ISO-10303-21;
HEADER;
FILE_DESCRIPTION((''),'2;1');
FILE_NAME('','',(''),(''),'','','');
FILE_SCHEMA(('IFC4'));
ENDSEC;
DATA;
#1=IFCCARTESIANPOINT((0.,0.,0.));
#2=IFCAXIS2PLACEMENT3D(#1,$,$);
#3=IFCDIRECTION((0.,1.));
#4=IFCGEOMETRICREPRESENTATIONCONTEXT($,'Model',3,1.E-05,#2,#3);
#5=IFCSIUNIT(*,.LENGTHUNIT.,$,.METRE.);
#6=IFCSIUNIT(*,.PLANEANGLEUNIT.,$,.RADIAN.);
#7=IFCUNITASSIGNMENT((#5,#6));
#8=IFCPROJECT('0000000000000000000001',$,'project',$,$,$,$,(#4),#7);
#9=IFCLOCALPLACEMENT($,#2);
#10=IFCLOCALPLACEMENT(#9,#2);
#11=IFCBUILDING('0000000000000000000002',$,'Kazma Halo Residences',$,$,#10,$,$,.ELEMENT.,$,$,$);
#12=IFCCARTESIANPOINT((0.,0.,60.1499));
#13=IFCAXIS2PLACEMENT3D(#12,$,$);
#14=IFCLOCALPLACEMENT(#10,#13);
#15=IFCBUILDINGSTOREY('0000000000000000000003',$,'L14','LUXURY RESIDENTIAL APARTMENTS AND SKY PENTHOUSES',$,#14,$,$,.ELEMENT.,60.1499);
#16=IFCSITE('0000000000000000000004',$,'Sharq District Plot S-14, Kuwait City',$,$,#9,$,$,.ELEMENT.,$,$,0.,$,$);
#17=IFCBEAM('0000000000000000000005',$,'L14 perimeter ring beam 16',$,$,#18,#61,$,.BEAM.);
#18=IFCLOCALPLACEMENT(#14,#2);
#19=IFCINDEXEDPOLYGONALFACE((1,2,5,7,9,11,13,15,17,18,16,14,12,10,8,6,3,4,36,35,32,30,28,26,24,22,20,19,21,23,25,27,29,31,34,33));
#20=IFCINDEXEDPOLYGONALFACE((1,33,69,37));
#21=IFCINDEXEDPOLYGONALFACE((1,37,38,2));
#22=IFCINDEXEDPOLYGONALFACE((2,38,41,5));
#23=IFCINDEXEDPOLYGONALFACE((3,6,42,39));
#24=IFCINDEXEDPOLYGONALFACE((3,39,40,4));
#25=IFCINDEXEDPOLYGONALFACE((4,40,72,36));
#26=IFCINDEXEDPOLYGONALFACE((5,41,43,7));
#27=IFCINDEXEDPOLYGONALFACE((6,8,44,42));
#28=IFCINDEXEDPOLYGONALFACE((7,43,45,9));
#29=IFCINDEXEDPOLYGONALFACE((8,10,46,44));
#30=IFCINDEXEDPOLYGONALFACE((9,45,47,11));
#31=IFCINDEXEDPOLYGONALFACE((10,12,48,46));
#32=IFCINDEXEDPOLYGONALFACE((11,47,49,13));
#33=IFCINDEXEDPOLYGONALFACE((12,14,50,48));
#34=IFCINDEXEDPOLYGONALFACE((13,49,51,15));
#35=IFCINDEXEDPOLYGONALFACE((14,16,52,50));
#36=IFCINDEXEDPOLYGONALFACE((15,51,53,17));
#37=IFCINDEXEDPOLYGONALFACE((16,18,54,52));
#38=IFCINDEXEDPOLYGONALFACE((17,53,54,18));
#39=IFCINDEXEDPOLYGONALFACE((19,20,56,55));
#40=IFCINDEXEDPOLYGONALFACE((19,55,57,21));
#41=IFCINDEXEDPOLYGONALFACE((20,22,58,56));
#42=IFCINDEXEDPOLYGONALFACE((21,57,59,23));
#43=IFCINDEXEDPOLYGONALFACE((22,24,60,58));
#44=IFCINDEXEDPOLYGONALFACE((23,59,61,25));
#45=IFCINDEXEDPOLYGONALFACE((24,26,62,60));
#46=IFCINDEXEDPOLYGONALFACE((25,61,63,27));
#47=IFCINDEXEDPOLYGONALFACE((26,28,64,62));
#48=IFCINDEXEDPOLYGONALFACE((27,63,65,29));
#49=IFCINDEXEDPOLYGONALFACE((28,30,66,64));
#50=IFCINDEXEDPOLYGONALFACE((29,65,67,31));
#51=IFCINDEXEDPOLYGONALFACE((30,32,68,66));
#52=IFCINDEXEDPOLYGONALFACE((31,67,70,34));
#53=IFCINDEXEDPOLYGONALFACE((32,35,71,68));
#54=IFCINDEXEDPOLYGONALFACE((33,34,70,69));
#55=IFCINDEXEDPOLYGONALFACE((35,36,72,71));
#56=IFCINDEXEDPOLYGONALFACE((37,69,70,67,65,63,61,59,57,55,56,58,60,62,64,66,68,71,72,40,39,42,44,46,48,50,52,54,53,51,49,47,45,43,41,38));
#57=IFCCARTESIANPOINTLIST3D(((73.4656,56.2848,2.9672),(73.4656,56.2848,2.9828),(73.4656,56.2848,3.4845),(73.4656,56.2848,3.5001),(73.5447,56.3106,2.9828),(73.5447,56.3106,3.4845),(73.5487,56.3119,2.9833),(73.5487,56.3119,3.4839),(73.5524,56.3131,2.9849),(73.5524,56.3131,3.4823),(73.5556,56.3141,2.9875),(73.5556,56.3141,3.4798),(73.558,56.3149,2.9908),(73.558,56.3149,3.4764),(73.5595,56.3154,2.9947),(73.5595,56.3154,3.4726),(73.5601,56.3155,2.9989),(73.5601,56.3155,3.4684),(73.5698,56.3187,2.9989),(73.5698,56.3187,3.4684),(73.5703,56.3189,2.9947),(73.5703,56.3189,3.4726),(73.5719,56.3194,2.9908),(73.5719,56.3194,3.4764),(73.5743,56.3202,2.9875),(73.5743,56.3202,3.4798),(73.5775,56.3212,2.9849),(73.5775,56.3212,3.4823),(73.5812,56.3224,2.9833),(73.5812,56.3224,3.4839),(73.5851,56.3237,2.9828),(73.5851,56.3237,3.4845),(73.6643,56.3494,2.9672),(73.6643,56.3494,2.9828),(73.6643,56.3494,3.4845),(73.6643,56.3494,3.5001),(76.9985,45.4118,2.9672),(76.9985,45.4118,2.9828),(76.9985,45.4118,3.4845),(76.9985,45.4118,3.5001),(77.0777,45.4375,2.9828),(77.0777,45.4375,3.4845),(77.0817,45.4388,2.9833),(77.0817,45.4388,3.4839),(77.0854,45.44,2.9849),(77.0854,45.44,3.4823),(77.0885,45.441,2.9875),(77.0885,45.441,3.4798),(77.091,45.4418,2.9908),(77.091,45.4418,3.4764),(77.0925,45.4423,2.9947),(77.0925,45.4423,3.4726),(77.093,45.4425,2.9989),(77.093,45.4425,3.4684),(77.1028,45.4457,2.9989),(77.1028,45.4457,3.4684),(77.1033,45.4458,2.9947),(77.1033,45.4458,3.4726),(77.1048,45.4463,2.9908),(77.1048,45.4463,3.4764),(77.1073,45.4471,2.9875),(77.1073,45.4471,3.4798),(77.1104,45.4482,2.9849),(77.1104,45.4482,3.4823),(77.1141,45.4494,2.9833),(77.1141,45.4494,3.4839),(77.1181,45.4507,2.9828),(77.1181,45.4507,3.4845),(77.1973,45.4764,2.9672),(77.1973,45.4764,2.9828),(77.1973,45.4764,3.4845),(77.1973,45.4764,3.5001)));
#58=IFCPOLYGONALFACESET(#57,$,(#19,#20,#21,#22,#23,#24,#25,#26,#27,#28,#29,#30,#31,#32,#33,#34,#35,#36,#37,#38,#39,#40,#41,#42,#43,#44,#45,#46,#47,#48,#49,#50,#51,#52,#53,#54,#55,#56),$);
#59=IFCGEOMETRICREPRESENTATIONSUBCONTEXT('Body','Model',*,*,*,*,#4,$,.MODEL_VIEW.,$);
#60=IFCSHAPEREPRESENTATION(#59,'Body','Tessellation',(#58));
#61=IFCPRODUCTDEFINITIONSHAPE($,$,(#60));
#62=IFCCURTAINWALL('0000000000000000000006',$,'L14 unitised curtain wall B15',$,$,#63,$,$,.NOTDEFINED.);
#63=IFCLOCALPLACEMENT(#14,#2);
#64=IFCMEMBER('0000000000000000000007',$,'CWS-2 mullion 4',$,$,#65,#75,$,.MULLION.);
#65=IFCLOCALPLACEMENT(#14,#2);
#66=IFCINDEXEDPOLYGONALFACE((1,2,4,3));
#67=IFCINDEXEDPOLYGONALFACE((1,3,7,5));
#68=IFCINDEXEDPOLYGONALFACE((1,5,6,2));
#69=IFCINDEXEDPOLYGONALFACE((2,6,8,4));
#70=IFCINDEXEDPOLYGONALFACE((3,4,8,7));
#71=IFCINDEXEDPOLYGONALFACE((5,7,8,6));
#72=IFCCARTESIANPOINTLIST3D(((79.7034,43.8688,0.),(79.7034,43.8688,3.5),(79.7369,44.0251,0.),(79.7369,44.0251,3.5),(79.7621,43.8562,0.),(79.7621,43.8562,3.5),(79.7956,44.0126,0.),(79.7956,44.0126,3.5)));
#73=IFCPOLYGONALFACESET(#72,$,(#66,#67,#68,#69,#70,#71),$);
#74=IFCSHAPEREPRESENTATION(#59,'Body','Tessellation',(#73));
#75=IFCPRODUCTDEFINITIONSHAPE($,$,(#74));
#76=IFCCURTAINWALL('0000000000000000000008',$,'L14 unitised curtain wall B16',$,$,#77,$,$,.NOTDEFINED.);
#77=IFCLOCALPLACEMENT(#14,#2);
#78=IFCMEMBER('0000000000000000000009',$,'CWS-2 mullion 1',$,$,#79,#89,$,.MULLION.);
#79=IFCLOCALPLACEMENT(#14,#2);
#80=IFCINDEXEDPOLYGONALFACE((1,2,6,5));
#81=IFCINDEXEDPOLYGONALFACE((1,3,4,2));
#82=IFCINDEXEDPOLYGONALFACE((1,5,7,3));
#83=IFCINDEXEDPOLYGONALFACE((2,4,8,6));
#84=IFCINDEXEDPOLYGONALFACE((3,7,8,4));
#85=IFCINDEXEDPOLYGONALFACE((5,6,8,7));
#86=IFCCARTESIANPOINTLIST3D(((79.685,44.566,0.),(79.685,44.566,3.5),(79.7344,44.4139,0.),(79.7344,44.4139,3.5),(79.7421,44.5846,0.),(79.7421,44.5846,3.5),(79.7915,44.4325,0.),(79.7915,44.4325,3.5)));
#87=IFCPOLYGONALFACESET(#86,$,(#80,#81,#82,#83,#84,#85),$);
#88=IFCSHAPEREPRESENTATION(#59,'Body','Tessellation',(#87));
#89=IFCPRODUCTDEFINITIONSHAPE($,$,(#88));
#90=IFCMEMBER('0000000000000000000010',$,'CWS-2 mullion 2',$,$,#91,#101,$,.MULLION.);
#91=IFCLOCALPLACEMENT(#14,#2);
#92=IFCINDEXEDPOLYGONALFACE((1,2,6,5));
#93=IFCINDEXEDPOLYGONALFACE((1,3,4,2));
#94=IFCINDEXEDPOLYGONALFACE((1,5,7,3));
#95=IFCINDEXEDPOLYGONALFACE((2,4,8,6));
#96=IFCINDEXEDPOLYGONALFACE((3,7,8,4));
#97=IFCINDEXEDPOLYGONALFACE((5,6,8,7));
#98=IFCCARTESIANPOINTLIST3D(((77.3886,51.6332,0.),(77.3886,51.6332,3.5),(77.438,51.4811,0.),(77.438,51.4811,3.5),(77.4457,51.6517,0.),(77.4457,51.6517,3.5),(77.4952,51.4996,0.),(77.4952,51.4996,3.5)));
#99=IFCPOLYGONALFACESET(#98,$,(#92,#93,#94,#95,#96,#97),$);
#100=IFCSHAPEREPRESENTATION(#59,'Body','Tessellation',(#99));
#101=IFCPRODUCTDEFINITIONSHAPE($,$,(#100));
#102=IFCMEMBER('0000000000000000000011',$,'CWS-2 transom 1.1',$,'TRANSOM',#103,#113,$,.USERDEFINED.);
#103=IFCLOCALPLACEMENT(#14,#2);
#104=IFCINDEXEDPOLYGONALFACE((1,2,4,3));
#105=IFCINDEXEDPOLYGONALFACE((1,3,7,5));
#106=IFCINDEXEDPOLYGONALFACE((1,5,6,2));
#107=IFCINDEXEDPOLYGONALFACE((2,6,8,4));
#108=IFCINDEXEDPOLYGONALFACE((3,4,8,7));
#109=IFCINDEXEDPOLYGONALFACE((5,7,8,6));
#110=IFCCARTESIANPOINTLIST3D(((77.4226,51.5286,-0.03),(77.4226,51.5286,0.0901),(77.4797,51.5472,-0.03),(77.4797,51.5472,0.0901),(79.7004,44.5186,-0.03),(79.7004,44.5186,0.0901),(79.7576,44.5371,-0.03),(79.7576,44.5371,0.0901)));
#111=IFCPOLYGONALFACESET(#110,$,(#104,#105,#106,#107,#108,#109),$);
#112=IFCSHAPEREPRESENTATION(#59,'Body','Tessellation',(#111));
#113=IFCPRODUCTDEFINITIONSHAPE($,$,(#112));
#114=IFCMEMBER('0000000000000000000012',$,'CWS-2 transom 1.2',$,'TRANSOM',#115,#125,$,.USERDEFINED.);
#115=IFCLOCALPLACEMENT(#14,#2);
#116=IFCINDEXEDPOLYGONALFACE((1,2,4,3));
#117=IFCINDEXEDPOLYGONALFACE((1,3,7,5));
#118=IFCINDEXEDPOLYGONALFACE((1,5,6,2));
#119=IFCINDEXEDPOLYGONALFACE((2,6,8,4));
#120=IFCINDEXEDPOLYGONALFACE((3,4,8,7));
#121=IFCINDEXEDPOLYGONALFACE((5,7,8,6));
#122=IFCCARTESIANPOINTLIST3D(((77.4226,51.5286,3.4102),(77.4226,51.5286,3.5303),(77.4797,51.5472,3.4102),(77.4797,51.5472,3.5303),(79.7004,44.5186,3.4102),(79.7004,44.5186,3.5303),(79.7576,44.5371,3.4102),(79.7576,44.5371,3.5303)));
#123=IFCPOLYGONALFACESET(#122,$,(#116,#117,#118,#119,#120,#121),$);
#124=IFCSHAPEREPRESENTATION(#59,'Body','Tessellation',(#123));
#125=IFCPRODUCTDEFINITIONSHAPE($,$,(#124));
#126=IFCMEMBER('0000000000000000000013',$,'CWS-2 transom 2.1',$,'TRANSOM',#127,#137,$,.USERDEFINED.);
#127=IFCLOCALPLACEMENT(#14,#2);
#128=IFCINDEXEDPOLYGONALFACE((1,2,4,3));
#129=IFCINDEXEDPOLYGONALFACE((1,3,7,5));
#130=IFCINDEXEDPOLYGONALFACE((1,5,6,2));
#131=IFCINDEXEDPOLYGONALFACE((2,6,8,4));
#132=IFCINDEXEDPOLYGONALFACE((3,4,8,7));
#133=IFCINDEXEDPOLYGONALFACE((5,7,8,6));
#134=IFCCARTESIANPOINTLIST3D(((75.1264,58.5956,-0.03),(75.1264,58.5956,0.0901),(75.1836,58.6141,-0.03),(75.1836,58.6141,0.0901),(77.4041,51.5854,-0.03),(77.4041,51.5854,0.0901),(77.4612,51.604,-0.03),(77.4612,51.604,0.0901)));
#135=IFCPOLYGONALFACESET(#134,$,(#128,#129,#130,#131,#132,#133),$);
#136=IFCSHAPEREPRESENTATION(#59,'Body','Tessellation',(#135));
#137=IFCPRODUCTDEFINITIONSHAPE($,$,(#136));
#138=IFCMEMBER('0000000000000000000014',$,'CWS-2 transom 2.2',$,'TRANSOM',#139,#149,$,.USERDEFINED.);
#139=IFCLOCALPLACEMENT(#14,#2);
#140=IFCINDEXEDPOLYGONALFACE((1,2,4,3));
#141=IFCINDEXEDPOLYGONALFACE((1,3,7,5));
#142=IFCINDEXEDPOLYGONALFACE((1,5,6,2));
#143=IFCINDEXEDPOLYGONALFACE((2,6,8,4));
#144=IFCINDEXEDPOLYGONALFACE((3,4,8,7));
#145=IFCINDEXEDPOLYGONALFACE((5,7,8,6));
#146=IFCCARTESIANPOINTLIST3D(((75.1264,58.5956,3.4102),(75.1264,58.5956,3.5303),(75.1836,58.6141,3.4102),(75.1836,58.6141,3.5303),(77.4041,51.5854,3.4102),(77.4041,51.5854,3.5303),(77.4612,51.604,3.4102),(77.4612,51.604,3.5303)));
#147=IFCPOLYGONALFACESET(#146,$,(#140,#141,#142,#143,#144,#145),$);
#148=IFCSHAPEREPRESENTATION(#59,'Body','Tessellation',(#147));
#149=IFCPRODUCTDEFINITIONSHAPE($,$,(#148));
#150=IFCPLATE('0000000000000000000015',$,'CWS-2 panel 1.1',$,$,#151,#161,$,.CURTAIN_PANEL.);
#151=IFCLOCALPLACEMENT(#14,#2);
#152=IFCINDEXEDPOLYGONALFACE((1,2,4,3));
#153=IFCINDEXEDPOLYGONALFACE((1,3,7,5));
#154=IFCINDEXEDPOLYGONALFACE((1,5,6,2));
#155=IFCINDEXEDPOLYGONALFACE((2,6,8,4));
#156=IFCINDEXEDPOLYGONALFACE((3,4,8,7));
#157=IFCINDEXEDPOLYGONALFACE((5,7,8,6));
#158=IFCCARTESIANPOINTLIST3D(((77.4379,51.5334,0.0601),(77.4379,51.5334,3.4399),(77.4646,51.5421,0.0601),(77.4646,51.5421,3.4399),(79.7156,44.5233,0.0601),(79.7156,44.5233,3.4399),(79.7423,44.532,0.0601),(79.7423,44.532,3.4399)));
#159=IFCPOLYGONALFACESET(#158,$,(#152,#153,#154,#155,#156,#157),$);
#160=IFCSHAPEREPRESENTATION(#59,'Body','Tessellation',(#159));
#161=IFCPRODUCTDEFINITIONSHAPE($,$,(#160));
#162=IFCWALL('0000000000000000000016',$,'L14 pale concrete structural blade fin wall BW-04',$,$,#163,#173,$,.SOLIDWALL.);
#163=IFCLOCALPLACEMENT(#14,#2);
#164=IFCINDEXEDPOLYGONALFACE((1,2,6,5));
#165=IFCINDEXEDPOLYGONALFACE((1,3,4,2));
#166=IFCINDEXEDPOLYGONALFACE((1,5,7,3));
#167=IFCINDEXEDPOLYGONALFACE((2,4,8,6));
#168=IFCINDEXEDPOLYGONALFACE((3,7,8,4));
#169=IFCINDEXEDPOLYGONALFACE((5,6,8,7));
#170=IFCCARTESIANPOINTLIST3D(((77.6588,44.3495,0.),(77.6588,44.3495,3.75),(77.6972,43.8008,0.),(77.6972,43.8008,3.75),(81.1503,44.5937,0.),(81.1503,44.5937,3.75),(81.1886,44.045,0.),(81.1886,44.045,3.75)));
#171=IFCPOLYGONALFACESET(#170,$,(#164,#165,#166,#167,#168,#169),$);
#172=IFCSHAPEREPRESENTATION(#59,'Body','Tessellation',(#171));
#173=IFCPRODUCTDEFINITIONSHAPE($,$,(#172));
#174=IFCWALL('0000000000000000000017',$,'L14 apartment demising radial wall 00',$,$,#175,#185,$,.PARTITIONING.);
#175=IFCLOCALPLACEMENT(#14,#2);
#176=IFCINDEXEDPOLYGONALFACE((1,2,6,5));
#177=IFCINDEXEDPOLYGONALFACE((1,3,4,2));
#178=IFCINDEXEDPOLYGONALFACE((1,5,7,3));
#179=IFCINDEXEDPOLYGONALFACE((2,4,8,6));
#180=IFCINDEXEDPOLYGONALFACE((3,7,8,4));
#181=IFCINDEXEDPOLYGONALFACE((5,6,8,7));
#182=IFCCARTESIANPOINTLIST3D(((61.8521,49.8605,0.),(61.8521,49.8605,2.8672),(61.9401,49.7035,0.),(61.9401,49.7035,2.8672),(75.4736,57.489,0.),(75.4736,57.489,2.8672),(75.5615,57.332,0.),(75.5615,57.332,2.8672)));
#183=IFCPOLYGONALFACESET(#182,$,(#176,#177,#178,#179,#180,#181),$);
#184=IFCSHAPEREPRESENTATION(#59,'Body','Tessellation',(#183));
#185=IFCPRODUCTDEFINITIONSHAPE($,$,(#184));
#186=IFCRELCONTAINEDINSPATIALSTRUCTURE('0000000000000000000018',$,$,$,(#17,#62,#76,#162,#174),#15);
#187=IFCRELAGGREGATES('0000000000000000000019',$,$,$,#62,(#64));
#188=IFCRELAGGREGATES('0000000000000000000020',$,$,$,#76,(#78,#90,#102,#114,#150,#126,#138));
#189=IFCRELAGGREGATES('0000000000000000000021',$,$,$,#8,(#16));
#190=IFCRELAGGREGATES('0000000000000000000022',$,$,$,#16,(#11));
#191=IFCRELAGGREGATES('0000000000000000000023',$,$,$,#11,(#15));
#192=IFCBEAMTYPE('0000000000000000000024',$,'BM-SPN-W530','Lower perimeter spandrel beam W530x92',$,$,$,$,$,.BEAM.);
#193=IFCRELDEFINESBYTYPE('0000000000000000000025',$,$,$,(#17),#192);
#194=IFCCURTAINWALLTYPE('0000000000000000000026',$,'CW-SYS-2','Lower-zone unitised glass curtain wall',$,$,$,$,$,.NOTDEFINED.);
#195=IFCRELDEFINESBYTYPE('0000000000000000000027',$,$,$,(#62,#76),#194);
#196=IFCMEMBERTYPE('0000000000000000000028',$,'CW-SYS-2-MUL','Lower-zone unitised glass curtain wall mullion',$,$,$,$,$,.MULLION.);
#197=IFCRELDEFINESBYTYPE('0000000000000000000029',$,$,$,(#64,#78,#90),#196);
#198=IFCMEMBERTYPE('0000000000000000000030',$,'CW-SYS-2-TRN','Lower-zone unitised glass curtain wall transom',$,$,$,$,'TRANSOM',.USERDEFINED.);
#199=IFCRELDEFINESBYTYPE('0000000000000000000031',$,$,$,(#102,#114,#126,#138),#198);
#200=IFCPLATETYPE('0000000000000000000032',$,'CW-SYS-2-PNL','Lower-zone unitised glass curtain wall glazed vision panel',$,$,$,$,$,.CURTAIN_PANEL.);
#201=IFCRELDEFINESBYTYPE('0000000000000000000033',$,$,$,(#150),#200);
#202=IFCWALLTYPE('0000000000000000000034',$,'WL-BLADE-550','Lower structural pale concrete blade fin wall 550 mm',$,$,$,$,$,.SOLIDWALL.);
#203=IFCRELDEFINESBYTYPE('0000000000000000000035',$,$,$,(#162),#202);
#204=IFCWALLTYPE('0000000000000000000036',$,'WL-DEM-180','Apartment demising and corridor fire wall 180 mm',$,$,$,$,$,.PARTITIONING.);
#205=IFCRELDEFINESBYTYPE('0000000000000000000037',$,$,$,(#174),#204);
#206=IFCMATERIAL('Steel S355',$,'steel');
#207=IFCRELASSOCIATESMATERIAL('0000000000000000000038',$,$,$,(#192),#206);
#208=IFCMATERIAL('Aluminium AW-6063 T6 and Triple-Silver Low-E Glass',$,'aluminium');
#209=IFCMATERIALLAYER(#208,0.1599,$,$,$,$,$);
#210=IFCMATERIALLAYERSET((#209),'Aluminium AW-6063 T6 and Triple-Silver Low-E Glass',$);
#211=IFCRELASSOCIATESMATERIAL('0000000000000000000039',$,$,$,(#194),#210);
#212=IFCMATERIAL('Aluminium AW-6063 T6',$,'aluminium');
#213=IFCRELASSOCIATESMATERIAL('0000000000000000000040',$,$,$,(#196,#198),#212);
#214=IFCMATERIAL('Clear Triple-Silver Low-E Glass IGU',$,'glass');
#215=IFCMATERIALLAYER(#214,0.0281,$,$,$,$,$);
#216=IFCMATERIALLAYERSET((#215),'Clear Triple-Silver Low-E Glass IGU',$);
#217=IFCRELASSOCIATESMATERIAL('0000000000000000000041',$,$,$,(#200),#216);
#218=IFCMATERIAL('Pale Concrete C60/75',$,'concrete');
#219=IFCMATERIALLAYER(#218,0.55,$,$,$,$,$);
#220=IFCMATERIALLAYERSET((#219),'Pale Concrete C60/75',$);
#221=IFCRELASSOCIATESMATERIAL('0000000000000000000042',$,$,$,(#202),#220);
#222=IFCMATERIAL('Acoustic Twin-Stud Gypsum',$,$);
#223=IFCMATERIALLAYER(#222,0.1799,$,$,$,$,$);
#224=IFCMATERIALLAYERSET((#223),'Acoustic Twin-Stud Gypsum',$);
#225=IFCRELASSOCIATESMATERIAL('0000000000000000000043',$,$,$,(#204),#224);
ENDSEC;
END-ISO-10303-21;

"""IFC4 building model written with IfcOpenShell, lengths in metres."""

from ifc_helpers import new_model, si_unit, direction, frame, frame_2d, origin, origin_2d, place, context, subcontext, project, spatial, rectangle, i_section, extrude, material, layer, layer_set, material_profile, profile_set, type_object, element, aggregate, save


model = new_model("IFC4")

# Units and contexts
model_context = context("Model", 3, precision=1e-05, world=origin(), true_north=direction((0.0, 1.0)))
body_context = subcontext(model_context, "Body", "Model", "MODEL_VIEW")
ifc_project = project(units=[si_unit("LENGTHUNIT", "METRE"), si_unit("PLANEANGLEUNIT", "RADIAN")], contexts=[model_context])

# Site, building, storey
site_placement = place(None, origin())
site = spatial("IfcSite", under=ifc_project, at=site_placement, Name="Sharq District Plot S-14, Kuwait City", CompositionType="ELEMENT", RefElevation=0.0)
building_placement = place(site_placement, origin())
building = spatial("IfcBuilding", under=site, at=building_placement, Name="Kazma Halo Residences", CompositionType="ELEMENT")
storey_placement = place(building_placement, frame((0.0, 0.0, 60.1499)))
storey = spatial("IfcBuildingStorey", under=building, at=storey_placement, Name="L14", Description="LUXURY RESIDENTIAL APARTMENTS AND SKY PENTHOUSES", CompositionType="ELEMENT", Elevation=60.1499)

# Beam
ifc_material_1 = material(Name="Steel S355", Category="steel")
ifc_material_profile_1 = material_profile(ifc_material_1, i_section(OverallWidth=0.209, OverallDepth=0.533, WebThickness=0.0103, FlangeThickness=0.0156, FilletRadius=0.0161, at=origin_2d()), Name="W530x92")
ifc_profile_set_1 = profile_set([ifc_material_profile_1], Name="Steel S355")
beam_type_1 = type_object("IfcBeamType", Name="BM-SPN-W530", Description="Lower perimeter spandrel beam W530x92", PredefinedType="BEAM", material=ifc_profile_set_1)
beam_1_placement = place(storey_placement, frame((77.0979, 45.4441, 3.2336), z_axis=(-0.309024, 0.951054, 0.0), x_axis=(-0.951054, -0.309024, 0.0)))
element("IfcBeam", 1, at=beam_1_placement, inside=storey, type_object=beam_type_1, Name="L14 perimeter ring beam 16", PredefinedType="BEAM", context=body_context, shape_type="SweptSolid", body=[
    extrude(i_section(OverallWidth=0.209, OverallDepth=0.533, WebThickness=0.0103, FlangeThickness=0.0156, FilletRadius=0.0161, at=origin_2d()), origin(), (0.0, 0.0, 1.0), 11.4326),
])

# Curtain wall, member
ifc_material_2 = material(Name="Aluminium AW-6063 T6 and Triple-Silver Low-E Glass", Category="aluminium")
ifc_layer_1 = layer(ifc_material_2, 0.1599)
ifc_layer_set_1 = layer_set([ifc_layer_1], Name="Aluminium AW-6063 T6 and Triple-Silver Low-E Glass")
curtain_wall_type = type_object("IfcCurtainWallType", Name="CW-SYS-2", Description="Lower-zone unitised glass curtain wall", PredefinedType="NOTDEFINED", material=ifc_layer_set_1)
curtain_wall_1_placement = place(storey_placement, origin())
curtain_wall_1 = element("IfcCurtainWall", 2, at=curtain_wall_1_placement, inside=storey, type_object=curtain_wall_type, Name="L14 unitised curtain wall B15", PredefinedType="NOTDEFINED")
ifc_material_3 = material(Name="Aluminium AW-6063 T6", Category="aluminium")
ifc_material_profile_2 = material_profile(ifc_material_3, rectangle(XDim=0.0601, YDim=0.1599, at=origin_2d()), Name="CWM-60x160")
ifc_profile_set_2 = profile_set([ifc_material_profile_2], Name="Aluminium AW-6063 T6")
member_type_1 = type_object("IfcMemberType", Name="CW-SYS-2-MUL", Description="Lower-zone unitised glass curtain wall mullion", PredefinedType="MULLION", material=ifc_profile_set_2)
member_1_placement = place(storey_placement, frame((79.7495, 43.9407, 0.0), z_axis=(0.0, 0.0, 1.0), x_axis=(-0.977779, 0.209637, 0.0)))
member_1 = element("IfcMember", 3, at=member_1_placement, type_object=member_type_1, Name="CWS-2 mullion 4", PredefinedType="MULLION", context=body_context, shape_type="SweptSolid", body=[
    extrude(rectangle(XDim=0.0601, YDim=0.1599, at=origin_2d()), origin(), (0.0, 0.0, 1.0), 3.5),
])
aggregate(curtain_wall_1, [member_1])

# Curtain wall, members, plate
curtain_wall_2_placement = place(storey_placement, origin())
curtain_wall_2 = element("IfcCurtainWall", 4, at=curtain_wall_2_placement, inside=storey, type_object=curtain_wall_type, Name="L14 unitised curtain wall B16", PredefinedType="NOTDEFINED")
member_2_placement = place(storey_placement, frame((79.7383, 44.4993, 0.0), z_axis=(0.0, 0.0, 1.0), x_axis=(-0.951057, -0.309017, 0.0)))
member_2 = element("IfcMember", 5, at=member_2_placement, type_object=member_type_1, Name="CWS-2 mullion 1", PredefinedType="MULLION", context=body_context, shape_type="SweptSolid", body=[
    extrude(rectangle(XDim=0.0601, YDim=0.1599, at=origin_2d()), origin(), (0.0, 0.0, 1.0), 3.5),
])
member_3_placement = place(storey_placement, frame((77.4419, 51.5664, 0.0), z_axis=(0.0, 0.0, 1.0), x_axis=(-0.951057, -0.309017, 0.0)))
member_3 = element("IfcMember", 6, at=member_3_placement, type_object=member_type_1, Name="CWS-2 mullion 2", PredefinedType="MULLION", context=body_context, shape_type="SweptSolid", body=[
    extrude(rectangle(XDim=0.0601, YDim=0.1599, at=origin_2d()), origin(), (0.0, 0.0, 1.0), 3.5),
])
ifc_material_profile_3 = material_profile(ifc_material_3, rectangle(XDim=0.0601, YDim=0.1201, at=origin_2d()), Name="CWT-60x120")
ifc_profile_set_3 = profile_set([ifc_material_profile_3], Name="Aluminium AW-6063 T6")
member_type_2 = type_object("IfcMemberType", Name="CW-SYS-2-TRN", Description="Lower-zone unitised glass curtain wall transom", ElementType="TRANSOM", PredefinedType="USERDEFINED", material=ifc_profile_set_3)
member_4_placement = place(storey_placement, frame((79.729, 44.5278, 0.03), z_axis=(-0.309034, 0.951051, 0.0), x_axis=(-0.951051, -0.309034, 0.0)))
member_4 = element("IfcMember", 7, at=member_4_placement, type_object=member_type_2, Name="CWS-2 transom 1.1", ObjectType="TRANSOM", PredefinedType="USERDEFINED", context=body_context, shape_type="SweptSolid", body=[
    extrude(rectangle(XDim=0.0601, YDim=0.1201, at=origin_2d()), origin(), (0.0, 0.0, 1.0), 7.3708),
])
member_5_placement = place(storey_placement, frame((79.729, 44.5278, 3.4702), z_axis=(-0.309034, 0.951051, 0.0), x_axis=(-0.951051, -0.309034, 0.0)))
member_5 = element("IfcMember", 8, at=member_5_placement, type_object=member_type_2, Name="CWS-2 transom 1.2", ObjectType="TRANSOM", PredefinedType="USERDEFINED", context=body_context, shape_type="SweptSolid", body=[
    extrude(rectangle(XDim=0.0601, YDim=0.1201, at=origin_2d()), origin(), (0.0, 0.0, 1.0), 7.3708),
])
member_6_placement = place(storey_placement, frame((77.4326, 51.5947, 0.03), z_axis=(-0.309004, 0.951061, 0.0), x_axis=(-0.951061, -0.309004, 0.0)))
member_6 = element("IfcMember", 9, at=member_6_placement, type_object=member_type_2, Name="CWS-2 transom 2.1", ObjectType="TRANSOM", PredefinedType="USERDEFINED", context=body_context, shape_type="SweptSolid", body=[
    extrude(rectangle(XDim=0.0601, YDim=0.1201, at=origin_2d()), origin(), (0.0, 0.0, 1.0), 7.3708),
])
member_7_placement = place(storey_placement, frame((77.4326, 51.5947, 3.4702), z_axis=(-0.309004, 0.951061, 0.0), x_axis=(-0.951061, -0.309004, 0.0)))
member_7 = element("IfcMember", 10, at=member_7_placement, type_object=member_type_2, Name="CWS-2 transom 2.2", ObjectType="TRANSOM", PredefinedType="USERDEFINED", context=body_context, shape_type="SweptSolid", body=[
    extrude(rectangle(XDim=0.0601, YDim=0.1201, at=origin_2d()), origin(), (0.0, 0.0, 1.0), 7.3708),
])
ifc_material_4 = material(Name="Clear Triple-Silver Low-E Glass IGU", Category="glass")
ifc_layer_2 = layer(ifc_material_4, 0.0281)
ifc_layer_set_2 = layer_set([ifc_layer_2], Name="Clear Triple-Silver Low-E Glass IGU")
plate_type = type_object("IfcPlateType", Name="CW-SYS-2-PNL", Description="Lower-zone unitised glass curtain wall glazed vision panel", PredefinedType="CURTAIN_PANEL", material=ifc_layer_set_2)
plate_placement = place(storey_placement, frame((78.5901, 48.0327, 0.0601), z_axis=(0.0, 0.0, 1.0), x_axis=(-0.309017, 0.951057, 0.0)))
plate = element("IfcPlate", 11, at=plate_placement, type_object=plate_type, Name="CWS-2 panel 1.1", PredefinedType="CURTAIN_PANEL", context=body_context, shape_type="SweptSolid", body=[
    extrude(rectangle(XDim=7.3708, YDim=0.0281, at=origin_2d()), origin(), (0.0, 0.0, 1.0), 3.3799),
])
aggregate(curtain_wall_2, [member_2, member_3, member_4, member_5, plate, member_6, member_7])

# Walls
ifc_material_5 = material(Name="Pale Concrete C60/75", Category="concrete")
ifc_layer_3 = layer(ifc_material_5, 0.55)
ifc_layer_set_3 = layer_set([ifc_layer_3], Name="Pale Concrete C60/75")
wall_type_1 = type_object("IfcWallType", Name="WL-BLADE-550", Description="Lower structural pale concrete blade fin wall 550 mm", PredefinedType="SOLIDWALL", material=ifc_layer_set_3)
wall_1_placement = place(storey_placement, frame((77.678, 44.0752, 0.0), z_axis=(0.0, 0.0, 1.0), x_axis=(0.997564, 0.069755, 0.0)))
element("IfcWall", 12, at=wall_1_placement, inside=storey, type_object=wall_type_1, Name="L14 pale concrete structural blade fin wall BW-04", PredefinedType="SOLIDWALL", context=body_context, shape_type="SweptSolid", body=[
    extrude(rectangle(XDim=3.5, YDim=0.55, at=frame_2d((1.75, 0.0))), origin(), (0.0, 0.0, 1.0), 3.75),
])
ifc_material_6 = material(Name="Acoustic Twin-Stud Gypsum")
ifc_layer_4 = layer(ifc_material_6, 0.1799)
ifc_layer_set_4 = layer_set([ifc_layer_4], Name="Acoustic Twin-Stud Gypsum")
wall_type_2 = type_object("IfcWallType", Name="WL-DEM-180", Description="Apartment demising and corridor fire wall 180 mm", PredefinedType="PARTITIONING", material=ifc_layer_set_4)
wall_2_placement = place(storey_placement, frame((61.896, 49.782, 0.0), z_axis=(0.0, 0.0, 1.0), x_axis=(0.872493, 0.488626, 0.0)))
element("IfcWall", 13, at=wall_2_placement, inside=storey, type_object=wall_type_2, Name="L14 apartment demising radial wall 00", PredefinedType="PARTITIONING", context=body_context, shape_type="SweptSolid", body=[
    extrude(rectangle(XDim=15.6121, YDim=0.1799, at=frame_2d((7.8062, 0.0))), origin(), (0.0, 0.0, 1.0), 2.8672),
])

save(model, "model.ifc")
